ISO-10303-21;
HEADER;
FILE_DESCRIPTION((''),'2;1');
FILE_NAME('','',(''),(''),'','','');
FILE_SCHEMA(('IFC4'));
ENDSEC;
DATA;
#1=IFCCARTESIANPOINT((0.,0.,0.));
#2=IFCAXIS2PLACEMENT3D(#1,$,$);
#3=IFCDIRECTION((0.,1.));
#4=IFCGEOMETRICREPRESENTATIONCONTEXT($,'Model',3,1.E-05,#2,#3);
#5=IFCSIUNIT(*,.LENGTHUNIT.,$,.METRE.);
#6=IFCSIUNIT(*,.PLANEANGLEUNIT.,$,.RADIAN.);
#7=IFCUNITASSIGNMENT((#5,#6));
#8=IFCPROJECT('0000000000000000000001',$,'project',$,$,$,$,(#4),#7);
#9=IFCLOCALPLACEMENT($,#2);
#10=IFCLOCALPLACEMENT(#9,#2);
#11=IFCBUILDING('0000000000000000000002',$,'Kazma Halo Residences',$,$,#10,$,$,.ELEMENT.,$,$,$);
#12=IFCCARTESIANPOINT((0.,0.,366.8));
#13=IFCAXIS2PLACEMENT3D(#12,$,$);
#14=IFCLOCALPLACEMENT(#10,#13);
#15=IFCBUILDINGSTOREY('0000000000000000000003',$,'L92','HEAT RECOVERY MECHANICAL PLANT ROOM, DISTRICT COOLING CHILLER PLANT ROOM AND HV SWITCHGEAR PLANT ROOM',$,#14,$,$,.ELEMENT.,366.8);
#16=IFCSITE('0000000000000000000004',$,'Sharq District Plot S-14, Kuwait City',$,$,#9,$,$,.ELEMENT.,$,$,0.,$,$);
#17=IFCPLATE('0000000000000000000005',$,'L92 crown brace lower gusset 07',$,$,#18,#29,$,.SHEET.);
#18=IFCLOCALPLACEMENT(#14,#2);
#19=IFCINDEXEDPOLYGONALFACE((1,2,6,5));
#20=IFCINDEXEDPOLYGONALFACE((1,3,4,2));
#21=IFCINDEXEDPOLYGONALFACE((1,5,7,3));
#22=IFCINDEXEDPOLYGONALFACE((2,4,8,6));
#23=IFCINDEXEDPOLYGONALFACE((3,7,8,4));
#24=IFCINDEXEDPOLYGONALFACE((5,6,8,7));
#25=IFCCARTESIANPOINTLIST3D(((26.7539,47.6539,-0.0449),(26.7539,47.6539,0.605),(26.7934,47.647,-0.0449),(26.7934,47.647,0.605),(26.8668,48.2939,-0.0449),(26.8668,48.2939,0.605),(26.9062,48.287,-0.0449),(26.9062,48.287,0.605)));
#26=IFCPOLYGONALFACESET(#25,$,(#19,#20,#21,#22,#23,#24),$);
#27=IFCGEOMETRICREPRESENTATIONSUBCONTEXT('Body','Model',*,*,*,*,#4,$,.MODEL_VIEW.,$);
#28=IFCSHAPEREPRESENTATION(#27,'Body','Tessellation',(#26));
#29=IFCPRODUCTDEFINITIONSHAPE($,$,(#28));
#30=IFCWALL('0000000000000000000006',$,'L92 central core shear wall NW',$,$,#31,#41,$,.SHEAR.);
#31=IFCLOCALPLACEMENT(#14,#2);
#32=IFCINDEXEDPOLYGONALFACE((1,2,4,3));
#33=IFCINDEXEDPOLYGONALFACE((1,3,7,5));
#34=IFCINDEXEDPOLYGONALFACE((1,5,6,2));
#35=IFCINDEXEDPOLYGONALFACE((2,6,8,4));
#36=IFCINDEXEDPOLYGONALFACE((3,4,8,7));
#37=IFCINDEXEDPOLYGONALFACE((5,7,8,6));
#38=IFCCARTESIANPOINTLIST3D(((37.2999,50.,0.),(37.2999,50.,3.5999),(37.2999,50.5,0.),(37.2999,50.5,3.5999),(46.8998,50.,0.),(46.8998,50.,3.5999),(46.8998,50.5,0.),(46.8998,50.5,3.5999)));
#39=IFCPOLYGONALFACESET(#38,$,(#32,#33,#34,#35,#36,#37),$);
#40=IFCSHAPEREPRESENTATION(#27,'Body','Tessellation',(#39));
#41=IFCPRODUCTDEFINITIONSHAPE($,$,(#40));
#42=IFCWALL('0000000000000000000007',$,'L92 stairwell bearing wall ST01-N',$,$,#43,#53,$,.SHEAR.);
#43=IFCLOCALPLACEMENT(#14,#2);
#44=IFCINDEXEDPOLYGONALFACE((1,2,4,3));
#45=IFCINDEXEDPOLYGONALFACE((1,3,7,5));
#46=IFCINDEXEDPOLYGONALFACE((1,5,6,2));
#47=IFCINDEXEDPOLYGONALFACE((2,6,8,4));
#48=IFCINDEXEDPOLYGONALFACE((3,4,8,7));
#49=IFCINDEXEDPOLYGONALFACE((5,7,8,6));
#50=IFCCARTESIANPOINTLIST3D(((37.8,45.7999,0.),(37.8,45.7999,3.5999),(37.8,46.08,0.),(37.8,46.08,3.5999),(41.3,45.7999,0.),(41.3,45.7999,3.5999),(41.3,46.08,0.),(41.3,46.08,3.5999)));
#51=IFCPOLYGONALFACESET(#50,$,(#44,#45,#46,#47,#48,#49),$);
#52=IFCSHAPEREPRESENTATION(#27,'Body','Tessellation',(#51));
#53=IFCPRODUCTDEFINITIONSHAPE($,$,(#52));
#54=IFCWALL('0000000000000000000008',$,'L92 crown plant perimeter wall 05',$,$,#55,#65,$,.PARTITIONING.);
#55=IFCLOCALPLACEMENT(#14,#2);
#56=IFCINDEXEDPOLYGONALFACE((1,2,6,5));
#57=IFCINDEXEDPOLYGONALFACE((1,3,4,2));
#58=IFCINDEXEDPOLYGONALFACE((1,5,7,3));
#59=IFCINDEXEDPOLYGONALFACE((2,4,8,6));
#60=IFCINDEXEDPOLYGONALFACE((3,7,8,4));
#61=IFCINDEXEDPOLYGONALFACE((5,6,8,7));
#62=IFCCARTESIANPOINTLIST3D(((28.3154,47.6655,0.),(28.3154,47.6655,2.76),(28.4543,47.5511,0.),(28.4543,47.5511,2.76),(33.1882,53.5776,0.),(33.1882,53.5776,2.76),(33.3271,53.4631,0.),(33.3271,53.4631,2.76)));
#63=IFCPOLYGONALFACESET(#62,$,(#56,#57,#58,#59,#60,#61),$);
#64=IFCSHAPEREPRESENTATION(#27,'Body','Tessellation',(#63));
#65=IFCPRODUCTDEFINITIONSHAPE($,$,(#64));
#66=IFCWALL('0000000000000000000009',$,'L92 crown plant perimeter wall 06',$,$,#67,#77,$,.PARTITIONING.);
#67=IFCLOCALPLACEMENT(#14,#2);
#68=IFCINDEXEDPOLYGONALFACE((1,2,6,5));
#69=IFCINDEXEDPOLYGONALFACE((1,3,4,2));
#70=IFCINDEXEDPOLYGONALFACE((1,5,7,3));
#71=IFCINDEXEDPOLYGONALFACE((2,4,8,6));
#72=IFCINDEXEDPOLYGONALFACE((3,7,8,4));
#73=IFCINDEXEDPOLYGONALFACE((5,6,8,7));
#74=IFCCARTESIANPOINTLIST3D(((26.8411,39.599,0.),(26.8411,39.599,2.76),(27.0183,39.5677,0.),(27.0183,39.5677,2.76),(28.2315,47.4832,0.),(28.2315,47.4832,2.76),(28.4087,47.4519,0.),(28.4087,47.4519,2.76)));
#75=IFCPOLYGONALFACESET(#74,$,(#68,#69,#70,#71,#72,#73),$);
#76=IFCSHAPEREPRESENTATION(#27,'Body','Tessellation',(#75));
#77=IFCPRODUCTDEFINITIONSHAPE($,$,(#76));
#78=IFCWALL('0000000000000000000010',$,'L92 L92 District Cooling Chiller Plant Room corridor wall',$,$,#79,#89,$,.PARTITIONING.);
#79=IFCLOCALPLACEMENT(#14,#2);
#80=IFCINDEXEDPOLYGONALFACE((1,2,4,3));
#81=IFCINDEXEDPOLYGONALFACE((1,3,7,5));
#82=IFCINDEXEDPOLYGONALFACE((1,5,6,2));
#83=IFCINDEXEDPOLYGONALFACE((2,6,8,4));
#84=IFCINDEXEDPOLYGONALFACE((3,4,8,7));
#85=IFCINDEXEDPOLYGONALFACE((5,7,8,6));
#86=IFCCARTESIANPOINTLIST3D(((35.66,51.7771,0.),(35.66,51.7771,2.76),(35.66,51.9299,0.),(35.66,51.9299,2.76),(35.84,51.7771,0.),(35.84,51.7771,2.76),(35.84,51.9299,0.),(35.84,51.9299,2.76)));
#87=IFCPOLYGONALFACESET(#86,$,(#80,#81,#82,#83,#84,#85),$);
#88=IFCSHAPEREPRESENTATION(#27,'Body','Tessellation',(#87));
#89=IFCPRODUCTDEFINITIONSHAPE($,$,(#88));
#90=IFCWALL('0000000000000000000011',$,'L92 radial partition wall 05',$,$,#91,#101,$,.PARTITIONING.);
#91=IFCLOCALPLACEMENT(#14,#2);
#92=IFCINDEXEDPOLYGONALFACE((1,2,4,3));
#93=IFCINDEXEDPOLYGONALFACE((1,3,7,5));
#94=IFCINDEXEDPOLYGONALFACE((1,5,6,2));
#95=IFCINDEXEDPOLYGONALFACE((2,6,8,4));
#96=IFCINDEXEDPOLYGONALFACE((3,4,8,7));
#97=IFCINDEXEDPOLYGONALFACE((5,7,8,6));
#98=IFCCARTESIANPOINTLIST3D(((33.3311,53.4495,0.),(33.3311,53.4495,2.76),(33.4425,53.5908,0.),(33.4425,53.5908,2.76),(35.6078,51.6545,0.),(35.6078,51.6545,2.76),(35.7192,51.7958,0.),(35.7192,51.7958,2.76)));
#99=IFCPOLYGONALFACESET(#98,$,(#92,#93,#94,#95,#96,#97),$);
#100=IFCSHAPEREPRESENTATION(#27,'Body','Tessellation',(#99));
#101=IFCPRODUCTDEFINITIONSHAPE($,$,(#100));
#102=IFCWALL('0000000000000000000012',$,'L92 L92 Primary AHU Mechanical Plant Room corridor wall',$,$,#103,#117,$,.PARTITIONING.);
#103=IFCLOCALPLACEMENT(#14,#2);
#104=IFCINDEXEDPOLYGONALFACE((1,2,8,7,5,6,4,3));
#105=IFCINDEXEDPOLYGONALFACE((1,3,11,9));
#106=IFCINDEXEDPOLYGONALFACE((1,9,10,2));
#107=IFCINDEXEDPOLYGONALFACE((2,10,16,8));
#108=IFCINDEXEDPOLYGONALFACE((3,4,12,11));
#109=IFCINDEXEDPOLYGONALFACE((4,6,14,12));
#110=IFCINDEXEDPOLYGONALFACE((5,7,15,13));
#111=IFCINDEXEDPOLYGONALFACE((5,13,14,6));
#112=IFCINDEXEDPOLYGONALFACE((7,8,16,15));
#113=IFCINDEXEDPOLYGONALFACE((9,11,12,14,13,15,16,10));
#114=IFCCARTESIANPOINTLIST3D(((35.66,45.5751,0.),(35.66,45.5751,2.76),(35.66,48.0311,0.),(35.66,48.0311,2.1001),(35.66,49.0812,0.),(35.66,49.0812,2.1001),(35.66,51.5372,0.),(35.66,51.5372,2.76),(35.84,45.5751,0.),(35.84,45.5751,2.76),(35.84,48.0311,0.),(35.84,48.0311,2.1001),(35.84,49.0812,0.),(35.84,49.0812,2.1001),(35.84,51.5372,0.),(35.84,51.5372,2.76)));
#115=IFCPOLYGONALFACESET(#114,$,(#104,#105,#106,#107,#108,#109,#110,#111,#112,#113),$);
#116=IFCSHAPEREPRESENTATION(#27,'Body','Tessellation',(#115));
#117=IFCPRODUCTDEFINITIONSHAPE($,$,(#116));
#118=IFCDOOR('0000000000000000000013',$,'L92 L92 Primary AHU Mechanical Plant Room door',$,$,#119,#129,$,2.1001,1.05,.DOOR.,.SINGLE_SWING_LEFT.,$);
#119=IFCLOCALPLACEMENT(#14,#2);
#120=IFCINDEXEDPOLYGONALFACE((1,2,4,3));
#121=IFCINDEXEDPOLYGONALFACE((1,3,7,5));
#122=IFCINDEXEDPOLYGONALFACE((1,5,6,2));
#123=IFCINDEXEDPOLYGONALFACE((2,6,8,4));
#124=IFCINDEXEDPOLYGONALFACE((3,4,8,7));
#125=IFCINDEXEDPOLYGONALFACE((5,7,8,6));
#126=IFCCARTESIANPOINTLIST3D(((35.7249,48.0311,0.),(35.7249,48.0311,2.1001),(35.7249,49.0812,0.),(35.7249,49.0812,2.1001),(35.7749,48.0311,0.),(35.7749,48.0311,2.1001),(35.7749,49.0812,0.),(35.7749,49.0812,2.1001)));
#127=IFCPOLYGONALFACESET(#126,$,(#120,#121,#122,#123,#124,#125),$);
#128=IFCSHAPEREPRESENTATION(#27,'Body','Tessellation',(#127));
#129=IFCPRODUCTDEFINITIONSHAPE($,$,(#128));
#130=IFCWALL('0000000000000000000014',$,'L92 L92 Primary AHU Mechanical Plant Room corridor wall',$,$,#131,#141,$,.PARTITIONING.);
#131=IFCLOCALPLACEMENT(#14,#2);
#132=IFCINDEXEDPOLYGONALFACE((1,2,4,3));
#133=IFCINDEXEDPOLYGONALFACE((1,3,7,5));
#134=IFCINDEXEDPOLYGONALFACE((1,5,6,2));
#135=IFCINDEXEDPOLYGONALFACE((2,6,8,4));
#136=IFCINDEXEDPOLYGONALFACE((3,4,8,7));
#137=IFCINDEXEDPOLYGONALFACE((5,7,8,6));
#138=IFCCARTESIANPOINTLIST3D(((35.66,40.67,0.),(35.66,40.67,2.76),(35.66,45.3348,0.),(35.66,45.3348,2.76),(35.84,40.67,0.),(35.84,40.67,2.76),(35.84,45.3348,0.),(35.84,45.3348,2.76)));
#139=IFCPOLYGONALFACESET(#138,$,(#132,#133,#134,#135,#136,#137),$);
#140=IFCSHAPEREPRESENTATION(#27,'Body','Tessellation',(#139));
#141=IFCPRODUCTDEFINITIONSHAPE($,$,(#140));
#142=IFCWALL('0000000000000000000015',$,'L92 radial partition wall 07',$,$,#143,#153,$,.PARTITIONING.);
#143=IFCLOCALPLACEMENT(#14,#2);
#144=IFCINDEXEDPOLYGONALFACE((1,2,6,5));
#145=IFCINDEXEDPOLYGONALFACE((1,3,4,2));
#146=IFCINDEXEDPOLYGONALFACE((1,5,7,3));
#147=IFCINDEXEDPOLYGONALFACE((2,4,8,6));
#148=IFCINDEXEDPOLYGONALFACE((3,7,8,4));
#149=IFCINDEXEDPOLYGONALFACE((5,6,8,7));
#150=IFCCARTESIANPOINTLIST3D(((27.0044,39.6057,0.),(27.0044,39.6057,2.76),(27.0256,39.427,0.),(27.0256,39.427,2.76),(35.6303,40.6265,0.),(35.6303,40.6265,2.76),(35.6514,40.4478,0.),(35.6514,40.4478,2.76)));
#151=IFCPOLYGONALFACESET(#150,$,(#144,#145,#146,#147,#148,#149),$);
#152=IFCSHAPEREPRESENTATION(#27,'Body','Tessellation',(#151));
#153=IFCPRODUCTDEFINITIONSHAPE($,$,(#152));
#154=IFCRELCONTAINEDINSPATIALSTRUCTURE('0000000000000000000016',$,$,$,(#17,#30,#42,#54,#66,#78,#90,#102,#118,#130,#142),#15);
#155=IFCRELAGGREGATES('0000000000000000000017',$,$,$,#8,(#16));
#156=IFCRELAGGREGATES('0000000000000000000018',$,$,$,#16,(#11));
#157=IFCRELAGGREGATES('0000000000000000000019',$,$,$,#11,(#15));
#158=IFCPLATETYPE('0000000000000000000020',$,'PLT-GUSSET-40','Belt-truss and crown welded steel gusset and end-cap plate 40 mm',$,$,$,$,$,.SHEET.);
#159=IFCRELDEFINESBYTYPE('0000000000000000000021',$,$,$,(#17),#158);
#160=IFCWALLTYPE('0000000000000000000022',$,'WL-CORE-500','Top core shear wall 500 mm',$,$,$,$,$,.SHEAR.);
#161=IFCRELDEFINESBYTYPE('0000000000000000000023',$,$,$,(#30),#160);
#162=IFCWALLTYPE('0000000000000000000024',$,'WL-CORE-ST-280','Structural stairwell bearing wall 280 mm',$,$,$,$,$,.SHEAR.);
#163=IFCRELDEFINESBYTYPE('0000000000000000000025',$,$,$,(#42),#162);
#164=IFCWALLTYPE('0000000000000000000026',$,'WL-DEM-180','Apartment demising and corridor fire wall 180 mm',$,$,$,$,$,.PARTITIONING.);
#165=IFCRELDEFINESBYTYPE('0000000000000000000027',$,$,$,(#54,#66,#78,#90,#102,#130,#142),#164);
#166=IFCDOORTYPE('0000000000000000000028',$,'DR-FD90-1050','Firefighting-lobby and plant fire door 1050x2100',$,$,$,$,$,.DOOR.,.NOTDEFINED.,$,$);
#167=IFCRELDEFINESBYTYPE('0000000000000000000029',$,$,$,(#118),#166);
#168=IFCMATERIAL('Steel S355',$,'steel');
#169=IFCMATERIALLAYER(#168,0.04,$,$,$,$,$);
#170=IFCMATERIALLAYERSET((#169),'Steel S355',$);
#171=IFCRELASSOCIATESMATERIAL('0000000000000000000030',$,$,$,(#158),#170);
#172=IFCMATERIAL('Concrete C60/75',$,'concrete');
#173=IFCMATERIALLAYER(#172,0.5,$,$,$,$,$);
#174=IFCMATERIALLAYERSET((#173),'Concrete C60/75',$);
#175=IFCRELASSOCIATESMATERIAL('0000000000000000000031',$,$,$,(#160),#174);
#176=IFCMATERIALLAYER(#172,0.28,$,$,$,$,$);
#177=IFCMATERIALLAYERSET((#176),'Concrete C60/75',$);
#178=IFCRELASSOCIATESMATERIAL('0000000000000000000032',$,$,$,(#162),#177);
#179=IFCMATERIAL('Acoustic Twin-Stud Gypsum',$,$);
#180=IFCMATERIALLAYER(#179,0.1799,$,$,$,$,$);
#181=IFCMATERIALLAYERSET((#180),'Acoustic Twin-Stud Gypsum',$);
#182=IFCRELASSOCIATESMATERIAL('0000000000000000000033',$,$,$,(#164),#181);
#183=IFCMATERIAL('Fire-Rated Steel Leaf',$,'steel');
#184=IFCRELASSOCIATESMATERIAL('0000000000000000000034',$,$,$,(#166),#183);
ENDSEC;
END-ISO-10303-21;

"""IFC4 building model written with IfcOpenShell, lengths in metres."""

from ifc_helpers import new_model, si_unit, direction, frame, frame_2d, origin, origin_2d, place, context, subcontext, project, spatial, rectangle, extrude, material, layer, layer_set, type_object, element, fill, save


model = new_model("IFC4")

# Units and contexts
model_context = context("Model", 3, precision=1e-05, world=origin(), true_north=direction((0.0, 1.0)))
body_context = subcontext(model_context, "Body", "Model", "MODEL_VIEW")
ifc_project = project(units=[si_unit("LENGTHUNIT", "METRE"), si_unit("PLANEANGLEUNIT", "RADIAN")], contexts=[model_context])

# Site, building, storey
site_placement = place(None, origin())
site = spatial("IfcSite", under=ifc_project, at=site_placement, Name="Sharq District Plot S-14, Kuwait City", CompositionType="ELEMENT", RefElevation=0.0)
building_placement = place(site_placement, origin())
building = spatial("IfcBuilding", under=site, at=building_placement, Name="Kazma Halo Residences", CompositionType="ELEMENT")
storey_placement = place(building_placement, frame((0.0, 0.0, 366.8)))
storey = spatial("IfcBuildingStorey", under=building, at=storey_placement, Name="L92", Description="HEAT RECOVERY MECHANICAL PLANT ROOM, DISTRICT COOLING CHILLER PLANT ROOM AND HV SWITCHGEAR PLANT ROOM", CompositionType="ELEMENT", Elevation=366.8)

# Shared definitions
ifc_material_1 = material(Name="Steel S355", Category="steel")

# Plate
ifc_layer_1 = layer(ifc_material_1, 0.04)
ifc_layer_set_1 = layer_set([ifc_layer_1], Name="Steel S355")
plate_type_1 = type_object("IfcPlateType", Name="PLT-GUSSET-40", Description="Belt-truss and crown welded steel gusset and end-cap plate 40 mm", PredefinedType="SHEET", material=ifc_layer_set_1)
for number, where, z_axis, x_axis, name in (
    (1, (26.8301, 47.9705, -0.0449), (0.0, 0.0, 1.0), (-0.173656, -0.984806, 0.0), "L92 crown brace lower gusset 07"),
):
    element("IfcPlate", number, at=place(storey_placement, frame(where, z_axis=z_axis, x_axis=x_axis)), inside=storey, type_object=plate_type_1, Name=name, PredefinedType="SHEET", context=body_context, shape_type="SweptSolid", body=[
        extrude(rectangle(XDim=0.6499, YDim=0.04, at=origin_2d()), origin(), (0.0, 0.0, 1.0), 0.6499),
    ])

# Walls
ifc_material_2 = material(Name="Concrete C60/75", Category="concrete")
ifc_layer_2 = layer(ifc_material_2, 0.5)
ifc_layer_set_2 = layer_set([ifc_layer_2], Name="Concrete C60/75")
wall_type_1 = type_object("IfcWallType", Name="WL-CORE-500", Description="Top core shear wall 500 mm", PredefinedType="SHEAR", material=ifc_layer_set_2)
wall_1_placement = place(storey_placement, frame((37.3, 50.25, 0.0), z_axis=(0.0, 0.0, 1.0), x_axis=(1.0, 0.0, 0.0)))
element("IfcWall", 2, at=wall_1_placement, inside=storey, type_object=wall_type_1, Name="L92 central core shear wall NW", PredefinedType="SHEAR", context=body_context, shape_type="SweptSolid", body=[
    extrude(rectangle(XDim=9.5999, YDim=0.5, at=frame_2d((4.7998, 0.0))), origin(), (0.0, 0.0, 1.0), 3.5999),
])
ifc_layer_3 = layer(ifc_material_2, 0.28)
ifc_layer_set_3 = layer_set([ifc_layer_3], Name="Concrete C60/75")
wall_type_2 = type_object("IfcWallType", Name="WL-CORE-ST-280", Description="Structural stairwell bearing wall 280 mm", PredefinedType="SHEAR", material=ifc_layer_set_3)
wall_2_placement = place(storey_placement, frame((37.8, 45.9399, 0.0), z_axis=(0.0, 0.0, 1.0), x_axis=(1.0, 0.0, 0.0)))
element("IfcWall", 3, at=wall_2_placement, inside=storey, type_object=wall_type_2, Name="L92 stairwell bearing wall ST01-N", PredefinedType="SHEAR", context=body_context, shape_type="SweptSolid", body=[
    extrude(rectangle(XDim=3.5, YDim=0.28, at=frame_2d((1.75, 0.0))), origin(), (0.0, 0.0, 1.0), 3.5999),
])
ifc_material_3 = material(Name="Acoustic Twin-Stud Gypsum")
ifc_layer_4 = layer(ifc_material_3, 0.1799)
ifc_layer_set_4 = layer_set([ifc_layer_4], Name="Acoustic Twin-Stud Gypsum")
wall_type_3 = type_object("IfcWallType", Name="WL-DEM-180", Description="Apartment demising and corridor fire wall 180 mm", PredefinedType="PARTITIONING", material=ifc_layer_set_4)
wall_3_placement = place(storey_placement, frame((33.2576, 53.5203, 0.0), z_axis=(0.0, 0.0, 1.0), x_axis=(-0.636019, -0.771674, 0.0)))
element("IfcWall", 4, at=wall_3_placement, inside=storey, type_object=wall_type_3, Name="L92 crown plant perimeter wall 05", PredefinedType="PARTITIONING", context=body_context, shape_type="SweptSolid", body=[
    extrude(rectangle(XDim=7.6614, YDim=0.1799, at=frame_2d((3.8306, 0.0))), origin(), (0.0, 0.0, 1.0), 2.76),
])
wall_4_placement = place(storey_placement, frame((28.3201, 47.4675, 0.0), z_axis=(0.0, 0.0, 1.0), x_axis=(-0.173669, -0.984804, 0.0)))
element("IfcWall", 5, at=wall_4_placement, inside=storey, type_object=wall_type_3, Name="L92 crown plant perimeter wall 06", PredefinedType="PARTITIONING", context=body_context, shape_type="SweptSolid", body=[
    extrude(rectangle(XDim=8.0059, YDim=0.1799, at=frame_2d((4.0029, 0.0))), origin(), (0.0, 0.0, 1.0), 2.76),
])
wall_5_placement = place(storey_placement, frame((35.75, 51.9299, 0.0), z_axis=(0.0, 0.0, 1.0), x_axis=(0.0, -1.0, 0.0)))
element("IfcWall", 6, at=wall_5_placement, inside=storey, type_object=wall_type_3, Name="L92 L92 District Cooling Chiller Plant Room corridor wall", PredefinedType="PARTITIONING", context=body_context, shape_type="SweptSolid", body=[
    extrude(rectangle(XDim=0.1528, YDim=0.1799, at=frame_2d((0.0764, 0.0))), origin(), (0.0, 0.0, 1.0), 2.76),
])
wall_6_placement = place(storey_placement, frame((35.6636, 51.7251, 0.0), z_axis=(0.0, 0.0, 1.0), x_axis=(-0.785286, 0.619134, 0.0)))
element("IfcWall", 7, at=wall_6_placement, inside=storey, type_object=wall_type_3, Name="L92 radial partition wall 05", PredefinedType="PARTITIONING", context=body_context, shape_type="SweptSolid", body=[
    extrude(rectangle(XDim=2.8992, YDim=0.1799, at=frame_2d((1.4497, 0.0))), origin(), (0.0, 0.0, 1.0), 2.76),
])

# Wall, opening, door
wall_7_placement = place(storey_placement, frame((35.75, 51.5371, 0.0), z_axis=(0.0, 0.0, 1.0), x_axis=(0.0, -1.0, 0.0)))
wall_7 = element("IfcWall", 8, at=wall_7_placement, inside=storey, type_object=wall_type_3, Name="L92 L92 Primary AHU Mechanical Plant Room corridor wall", PredefinedType="PARTITIONING", context=body_context, shape_type="SweptSolid", body=[
    extrude(rectangle(XDim=5.9622, YDim=0.1799, at=frame_2d((2.981, 0.0))), origin(), (0.0, 0.0, 1.0), 2.76),
])
opening_1_placement = place(wall_7_placement, frame((2.4561, 0.0, 0.0)))
opening_1 = element("IfcOpeningElement", 9, at=opening_1_placement, cuts=wall_7, PredefinedType="OPENING", context=body_context, shape_type="SweptSolid", body=[
    extrude(rectangle(XDim=1.05, YDim=2.1001, at=frame_2d((0.5249, 1.05))), frame((0.0, 0.0999, 0.0), z_axis=(0.0, -1.0, 0.0), x_axis=(1.0, 0.0, 0.0)), (0.0, 0.0, 1.0), 0.2),
])
ifc_material_4 = material(Name="Fire-Rated Steel Leaf", Category="steel")
door_type_1 = type_object("IfcDoorType", Name="DR-FD90-1050", Description="Firefighting-lobby and plant fire door 1050x2100", OperationType="NOTDEFINED", PredefinedType="DOOR", material=ifc_material_4)
door_1_placement = place(opening_1_placement, origin())
door_1 = element("IfcDoor", 10, at=door_1_placement, inside=storey, type_object=door_type_1, Name="L92 L92 Primary AHU Mechanical Plant Room door", OperationType="SINGLE_SWING_LEFT", OverallHeight=2.1001, OverallWidth=1.05, PredefinedType="DOOR", context=body_context, shape_type="SweptSolid", body=[
    extrude(rectangle(XDim=1.05, YDim=2.1001, at=frame_2d((0.5249, 1.05))), frame((0.0, 0.0249, 0.0), z_axis=(0.0, -1.0, 0.0), x_axis=(1.0, 0.0, 0.0)), (0.0, 0.0, 1.0), 0.05),
])
fill(opening_1, door_1)

# Walls
wall_8_placement = place(storey_placement, frame((35.75, 45.335, 0.0), z_axis=(0.0, 0.0, 1.0), x_axis=(0.0, -1.0, 0.0)))
element("IfcWall", 11, at=wall_8_placement, inside=storey, type_object=wall_type_3, Name="L92 L92 Primary AHU Mechanical Plant Room corridor wall", PredefinedType="PARTITIONING", context=body_context, shape_type="SweptSolid", body=[
    extrude(rectangle(XDim=4.6648, YDim=0.1799, at=frame_2d((2.3325, 0.0))), origin(), (0.0, 0.0, 1.0), 2.76),
])
wall_9_placement = place(storey_placement, frame((35.6409, 40.5371, 0.0), z_axis=(0.0, 0.0, 1.0), x_axis=(-0.993071, -0.117518, 0.0)))
element("IfcWall", 12, at=wall_9_placement, inside=storey, type_object=wall_type_3, Name="L92 radial partition wall 07", PredefinedType="PARTITIONING", context=body_context, shape_type="SweptSolid", body=[
    extrude(rectangle(XDim=8.686, YDim=0.1799, at=frame_2d((4.343, 0.0))), origin(), (0.0, 0.0, 1.0), 2.76),
])

save(model, "model.ifc")
